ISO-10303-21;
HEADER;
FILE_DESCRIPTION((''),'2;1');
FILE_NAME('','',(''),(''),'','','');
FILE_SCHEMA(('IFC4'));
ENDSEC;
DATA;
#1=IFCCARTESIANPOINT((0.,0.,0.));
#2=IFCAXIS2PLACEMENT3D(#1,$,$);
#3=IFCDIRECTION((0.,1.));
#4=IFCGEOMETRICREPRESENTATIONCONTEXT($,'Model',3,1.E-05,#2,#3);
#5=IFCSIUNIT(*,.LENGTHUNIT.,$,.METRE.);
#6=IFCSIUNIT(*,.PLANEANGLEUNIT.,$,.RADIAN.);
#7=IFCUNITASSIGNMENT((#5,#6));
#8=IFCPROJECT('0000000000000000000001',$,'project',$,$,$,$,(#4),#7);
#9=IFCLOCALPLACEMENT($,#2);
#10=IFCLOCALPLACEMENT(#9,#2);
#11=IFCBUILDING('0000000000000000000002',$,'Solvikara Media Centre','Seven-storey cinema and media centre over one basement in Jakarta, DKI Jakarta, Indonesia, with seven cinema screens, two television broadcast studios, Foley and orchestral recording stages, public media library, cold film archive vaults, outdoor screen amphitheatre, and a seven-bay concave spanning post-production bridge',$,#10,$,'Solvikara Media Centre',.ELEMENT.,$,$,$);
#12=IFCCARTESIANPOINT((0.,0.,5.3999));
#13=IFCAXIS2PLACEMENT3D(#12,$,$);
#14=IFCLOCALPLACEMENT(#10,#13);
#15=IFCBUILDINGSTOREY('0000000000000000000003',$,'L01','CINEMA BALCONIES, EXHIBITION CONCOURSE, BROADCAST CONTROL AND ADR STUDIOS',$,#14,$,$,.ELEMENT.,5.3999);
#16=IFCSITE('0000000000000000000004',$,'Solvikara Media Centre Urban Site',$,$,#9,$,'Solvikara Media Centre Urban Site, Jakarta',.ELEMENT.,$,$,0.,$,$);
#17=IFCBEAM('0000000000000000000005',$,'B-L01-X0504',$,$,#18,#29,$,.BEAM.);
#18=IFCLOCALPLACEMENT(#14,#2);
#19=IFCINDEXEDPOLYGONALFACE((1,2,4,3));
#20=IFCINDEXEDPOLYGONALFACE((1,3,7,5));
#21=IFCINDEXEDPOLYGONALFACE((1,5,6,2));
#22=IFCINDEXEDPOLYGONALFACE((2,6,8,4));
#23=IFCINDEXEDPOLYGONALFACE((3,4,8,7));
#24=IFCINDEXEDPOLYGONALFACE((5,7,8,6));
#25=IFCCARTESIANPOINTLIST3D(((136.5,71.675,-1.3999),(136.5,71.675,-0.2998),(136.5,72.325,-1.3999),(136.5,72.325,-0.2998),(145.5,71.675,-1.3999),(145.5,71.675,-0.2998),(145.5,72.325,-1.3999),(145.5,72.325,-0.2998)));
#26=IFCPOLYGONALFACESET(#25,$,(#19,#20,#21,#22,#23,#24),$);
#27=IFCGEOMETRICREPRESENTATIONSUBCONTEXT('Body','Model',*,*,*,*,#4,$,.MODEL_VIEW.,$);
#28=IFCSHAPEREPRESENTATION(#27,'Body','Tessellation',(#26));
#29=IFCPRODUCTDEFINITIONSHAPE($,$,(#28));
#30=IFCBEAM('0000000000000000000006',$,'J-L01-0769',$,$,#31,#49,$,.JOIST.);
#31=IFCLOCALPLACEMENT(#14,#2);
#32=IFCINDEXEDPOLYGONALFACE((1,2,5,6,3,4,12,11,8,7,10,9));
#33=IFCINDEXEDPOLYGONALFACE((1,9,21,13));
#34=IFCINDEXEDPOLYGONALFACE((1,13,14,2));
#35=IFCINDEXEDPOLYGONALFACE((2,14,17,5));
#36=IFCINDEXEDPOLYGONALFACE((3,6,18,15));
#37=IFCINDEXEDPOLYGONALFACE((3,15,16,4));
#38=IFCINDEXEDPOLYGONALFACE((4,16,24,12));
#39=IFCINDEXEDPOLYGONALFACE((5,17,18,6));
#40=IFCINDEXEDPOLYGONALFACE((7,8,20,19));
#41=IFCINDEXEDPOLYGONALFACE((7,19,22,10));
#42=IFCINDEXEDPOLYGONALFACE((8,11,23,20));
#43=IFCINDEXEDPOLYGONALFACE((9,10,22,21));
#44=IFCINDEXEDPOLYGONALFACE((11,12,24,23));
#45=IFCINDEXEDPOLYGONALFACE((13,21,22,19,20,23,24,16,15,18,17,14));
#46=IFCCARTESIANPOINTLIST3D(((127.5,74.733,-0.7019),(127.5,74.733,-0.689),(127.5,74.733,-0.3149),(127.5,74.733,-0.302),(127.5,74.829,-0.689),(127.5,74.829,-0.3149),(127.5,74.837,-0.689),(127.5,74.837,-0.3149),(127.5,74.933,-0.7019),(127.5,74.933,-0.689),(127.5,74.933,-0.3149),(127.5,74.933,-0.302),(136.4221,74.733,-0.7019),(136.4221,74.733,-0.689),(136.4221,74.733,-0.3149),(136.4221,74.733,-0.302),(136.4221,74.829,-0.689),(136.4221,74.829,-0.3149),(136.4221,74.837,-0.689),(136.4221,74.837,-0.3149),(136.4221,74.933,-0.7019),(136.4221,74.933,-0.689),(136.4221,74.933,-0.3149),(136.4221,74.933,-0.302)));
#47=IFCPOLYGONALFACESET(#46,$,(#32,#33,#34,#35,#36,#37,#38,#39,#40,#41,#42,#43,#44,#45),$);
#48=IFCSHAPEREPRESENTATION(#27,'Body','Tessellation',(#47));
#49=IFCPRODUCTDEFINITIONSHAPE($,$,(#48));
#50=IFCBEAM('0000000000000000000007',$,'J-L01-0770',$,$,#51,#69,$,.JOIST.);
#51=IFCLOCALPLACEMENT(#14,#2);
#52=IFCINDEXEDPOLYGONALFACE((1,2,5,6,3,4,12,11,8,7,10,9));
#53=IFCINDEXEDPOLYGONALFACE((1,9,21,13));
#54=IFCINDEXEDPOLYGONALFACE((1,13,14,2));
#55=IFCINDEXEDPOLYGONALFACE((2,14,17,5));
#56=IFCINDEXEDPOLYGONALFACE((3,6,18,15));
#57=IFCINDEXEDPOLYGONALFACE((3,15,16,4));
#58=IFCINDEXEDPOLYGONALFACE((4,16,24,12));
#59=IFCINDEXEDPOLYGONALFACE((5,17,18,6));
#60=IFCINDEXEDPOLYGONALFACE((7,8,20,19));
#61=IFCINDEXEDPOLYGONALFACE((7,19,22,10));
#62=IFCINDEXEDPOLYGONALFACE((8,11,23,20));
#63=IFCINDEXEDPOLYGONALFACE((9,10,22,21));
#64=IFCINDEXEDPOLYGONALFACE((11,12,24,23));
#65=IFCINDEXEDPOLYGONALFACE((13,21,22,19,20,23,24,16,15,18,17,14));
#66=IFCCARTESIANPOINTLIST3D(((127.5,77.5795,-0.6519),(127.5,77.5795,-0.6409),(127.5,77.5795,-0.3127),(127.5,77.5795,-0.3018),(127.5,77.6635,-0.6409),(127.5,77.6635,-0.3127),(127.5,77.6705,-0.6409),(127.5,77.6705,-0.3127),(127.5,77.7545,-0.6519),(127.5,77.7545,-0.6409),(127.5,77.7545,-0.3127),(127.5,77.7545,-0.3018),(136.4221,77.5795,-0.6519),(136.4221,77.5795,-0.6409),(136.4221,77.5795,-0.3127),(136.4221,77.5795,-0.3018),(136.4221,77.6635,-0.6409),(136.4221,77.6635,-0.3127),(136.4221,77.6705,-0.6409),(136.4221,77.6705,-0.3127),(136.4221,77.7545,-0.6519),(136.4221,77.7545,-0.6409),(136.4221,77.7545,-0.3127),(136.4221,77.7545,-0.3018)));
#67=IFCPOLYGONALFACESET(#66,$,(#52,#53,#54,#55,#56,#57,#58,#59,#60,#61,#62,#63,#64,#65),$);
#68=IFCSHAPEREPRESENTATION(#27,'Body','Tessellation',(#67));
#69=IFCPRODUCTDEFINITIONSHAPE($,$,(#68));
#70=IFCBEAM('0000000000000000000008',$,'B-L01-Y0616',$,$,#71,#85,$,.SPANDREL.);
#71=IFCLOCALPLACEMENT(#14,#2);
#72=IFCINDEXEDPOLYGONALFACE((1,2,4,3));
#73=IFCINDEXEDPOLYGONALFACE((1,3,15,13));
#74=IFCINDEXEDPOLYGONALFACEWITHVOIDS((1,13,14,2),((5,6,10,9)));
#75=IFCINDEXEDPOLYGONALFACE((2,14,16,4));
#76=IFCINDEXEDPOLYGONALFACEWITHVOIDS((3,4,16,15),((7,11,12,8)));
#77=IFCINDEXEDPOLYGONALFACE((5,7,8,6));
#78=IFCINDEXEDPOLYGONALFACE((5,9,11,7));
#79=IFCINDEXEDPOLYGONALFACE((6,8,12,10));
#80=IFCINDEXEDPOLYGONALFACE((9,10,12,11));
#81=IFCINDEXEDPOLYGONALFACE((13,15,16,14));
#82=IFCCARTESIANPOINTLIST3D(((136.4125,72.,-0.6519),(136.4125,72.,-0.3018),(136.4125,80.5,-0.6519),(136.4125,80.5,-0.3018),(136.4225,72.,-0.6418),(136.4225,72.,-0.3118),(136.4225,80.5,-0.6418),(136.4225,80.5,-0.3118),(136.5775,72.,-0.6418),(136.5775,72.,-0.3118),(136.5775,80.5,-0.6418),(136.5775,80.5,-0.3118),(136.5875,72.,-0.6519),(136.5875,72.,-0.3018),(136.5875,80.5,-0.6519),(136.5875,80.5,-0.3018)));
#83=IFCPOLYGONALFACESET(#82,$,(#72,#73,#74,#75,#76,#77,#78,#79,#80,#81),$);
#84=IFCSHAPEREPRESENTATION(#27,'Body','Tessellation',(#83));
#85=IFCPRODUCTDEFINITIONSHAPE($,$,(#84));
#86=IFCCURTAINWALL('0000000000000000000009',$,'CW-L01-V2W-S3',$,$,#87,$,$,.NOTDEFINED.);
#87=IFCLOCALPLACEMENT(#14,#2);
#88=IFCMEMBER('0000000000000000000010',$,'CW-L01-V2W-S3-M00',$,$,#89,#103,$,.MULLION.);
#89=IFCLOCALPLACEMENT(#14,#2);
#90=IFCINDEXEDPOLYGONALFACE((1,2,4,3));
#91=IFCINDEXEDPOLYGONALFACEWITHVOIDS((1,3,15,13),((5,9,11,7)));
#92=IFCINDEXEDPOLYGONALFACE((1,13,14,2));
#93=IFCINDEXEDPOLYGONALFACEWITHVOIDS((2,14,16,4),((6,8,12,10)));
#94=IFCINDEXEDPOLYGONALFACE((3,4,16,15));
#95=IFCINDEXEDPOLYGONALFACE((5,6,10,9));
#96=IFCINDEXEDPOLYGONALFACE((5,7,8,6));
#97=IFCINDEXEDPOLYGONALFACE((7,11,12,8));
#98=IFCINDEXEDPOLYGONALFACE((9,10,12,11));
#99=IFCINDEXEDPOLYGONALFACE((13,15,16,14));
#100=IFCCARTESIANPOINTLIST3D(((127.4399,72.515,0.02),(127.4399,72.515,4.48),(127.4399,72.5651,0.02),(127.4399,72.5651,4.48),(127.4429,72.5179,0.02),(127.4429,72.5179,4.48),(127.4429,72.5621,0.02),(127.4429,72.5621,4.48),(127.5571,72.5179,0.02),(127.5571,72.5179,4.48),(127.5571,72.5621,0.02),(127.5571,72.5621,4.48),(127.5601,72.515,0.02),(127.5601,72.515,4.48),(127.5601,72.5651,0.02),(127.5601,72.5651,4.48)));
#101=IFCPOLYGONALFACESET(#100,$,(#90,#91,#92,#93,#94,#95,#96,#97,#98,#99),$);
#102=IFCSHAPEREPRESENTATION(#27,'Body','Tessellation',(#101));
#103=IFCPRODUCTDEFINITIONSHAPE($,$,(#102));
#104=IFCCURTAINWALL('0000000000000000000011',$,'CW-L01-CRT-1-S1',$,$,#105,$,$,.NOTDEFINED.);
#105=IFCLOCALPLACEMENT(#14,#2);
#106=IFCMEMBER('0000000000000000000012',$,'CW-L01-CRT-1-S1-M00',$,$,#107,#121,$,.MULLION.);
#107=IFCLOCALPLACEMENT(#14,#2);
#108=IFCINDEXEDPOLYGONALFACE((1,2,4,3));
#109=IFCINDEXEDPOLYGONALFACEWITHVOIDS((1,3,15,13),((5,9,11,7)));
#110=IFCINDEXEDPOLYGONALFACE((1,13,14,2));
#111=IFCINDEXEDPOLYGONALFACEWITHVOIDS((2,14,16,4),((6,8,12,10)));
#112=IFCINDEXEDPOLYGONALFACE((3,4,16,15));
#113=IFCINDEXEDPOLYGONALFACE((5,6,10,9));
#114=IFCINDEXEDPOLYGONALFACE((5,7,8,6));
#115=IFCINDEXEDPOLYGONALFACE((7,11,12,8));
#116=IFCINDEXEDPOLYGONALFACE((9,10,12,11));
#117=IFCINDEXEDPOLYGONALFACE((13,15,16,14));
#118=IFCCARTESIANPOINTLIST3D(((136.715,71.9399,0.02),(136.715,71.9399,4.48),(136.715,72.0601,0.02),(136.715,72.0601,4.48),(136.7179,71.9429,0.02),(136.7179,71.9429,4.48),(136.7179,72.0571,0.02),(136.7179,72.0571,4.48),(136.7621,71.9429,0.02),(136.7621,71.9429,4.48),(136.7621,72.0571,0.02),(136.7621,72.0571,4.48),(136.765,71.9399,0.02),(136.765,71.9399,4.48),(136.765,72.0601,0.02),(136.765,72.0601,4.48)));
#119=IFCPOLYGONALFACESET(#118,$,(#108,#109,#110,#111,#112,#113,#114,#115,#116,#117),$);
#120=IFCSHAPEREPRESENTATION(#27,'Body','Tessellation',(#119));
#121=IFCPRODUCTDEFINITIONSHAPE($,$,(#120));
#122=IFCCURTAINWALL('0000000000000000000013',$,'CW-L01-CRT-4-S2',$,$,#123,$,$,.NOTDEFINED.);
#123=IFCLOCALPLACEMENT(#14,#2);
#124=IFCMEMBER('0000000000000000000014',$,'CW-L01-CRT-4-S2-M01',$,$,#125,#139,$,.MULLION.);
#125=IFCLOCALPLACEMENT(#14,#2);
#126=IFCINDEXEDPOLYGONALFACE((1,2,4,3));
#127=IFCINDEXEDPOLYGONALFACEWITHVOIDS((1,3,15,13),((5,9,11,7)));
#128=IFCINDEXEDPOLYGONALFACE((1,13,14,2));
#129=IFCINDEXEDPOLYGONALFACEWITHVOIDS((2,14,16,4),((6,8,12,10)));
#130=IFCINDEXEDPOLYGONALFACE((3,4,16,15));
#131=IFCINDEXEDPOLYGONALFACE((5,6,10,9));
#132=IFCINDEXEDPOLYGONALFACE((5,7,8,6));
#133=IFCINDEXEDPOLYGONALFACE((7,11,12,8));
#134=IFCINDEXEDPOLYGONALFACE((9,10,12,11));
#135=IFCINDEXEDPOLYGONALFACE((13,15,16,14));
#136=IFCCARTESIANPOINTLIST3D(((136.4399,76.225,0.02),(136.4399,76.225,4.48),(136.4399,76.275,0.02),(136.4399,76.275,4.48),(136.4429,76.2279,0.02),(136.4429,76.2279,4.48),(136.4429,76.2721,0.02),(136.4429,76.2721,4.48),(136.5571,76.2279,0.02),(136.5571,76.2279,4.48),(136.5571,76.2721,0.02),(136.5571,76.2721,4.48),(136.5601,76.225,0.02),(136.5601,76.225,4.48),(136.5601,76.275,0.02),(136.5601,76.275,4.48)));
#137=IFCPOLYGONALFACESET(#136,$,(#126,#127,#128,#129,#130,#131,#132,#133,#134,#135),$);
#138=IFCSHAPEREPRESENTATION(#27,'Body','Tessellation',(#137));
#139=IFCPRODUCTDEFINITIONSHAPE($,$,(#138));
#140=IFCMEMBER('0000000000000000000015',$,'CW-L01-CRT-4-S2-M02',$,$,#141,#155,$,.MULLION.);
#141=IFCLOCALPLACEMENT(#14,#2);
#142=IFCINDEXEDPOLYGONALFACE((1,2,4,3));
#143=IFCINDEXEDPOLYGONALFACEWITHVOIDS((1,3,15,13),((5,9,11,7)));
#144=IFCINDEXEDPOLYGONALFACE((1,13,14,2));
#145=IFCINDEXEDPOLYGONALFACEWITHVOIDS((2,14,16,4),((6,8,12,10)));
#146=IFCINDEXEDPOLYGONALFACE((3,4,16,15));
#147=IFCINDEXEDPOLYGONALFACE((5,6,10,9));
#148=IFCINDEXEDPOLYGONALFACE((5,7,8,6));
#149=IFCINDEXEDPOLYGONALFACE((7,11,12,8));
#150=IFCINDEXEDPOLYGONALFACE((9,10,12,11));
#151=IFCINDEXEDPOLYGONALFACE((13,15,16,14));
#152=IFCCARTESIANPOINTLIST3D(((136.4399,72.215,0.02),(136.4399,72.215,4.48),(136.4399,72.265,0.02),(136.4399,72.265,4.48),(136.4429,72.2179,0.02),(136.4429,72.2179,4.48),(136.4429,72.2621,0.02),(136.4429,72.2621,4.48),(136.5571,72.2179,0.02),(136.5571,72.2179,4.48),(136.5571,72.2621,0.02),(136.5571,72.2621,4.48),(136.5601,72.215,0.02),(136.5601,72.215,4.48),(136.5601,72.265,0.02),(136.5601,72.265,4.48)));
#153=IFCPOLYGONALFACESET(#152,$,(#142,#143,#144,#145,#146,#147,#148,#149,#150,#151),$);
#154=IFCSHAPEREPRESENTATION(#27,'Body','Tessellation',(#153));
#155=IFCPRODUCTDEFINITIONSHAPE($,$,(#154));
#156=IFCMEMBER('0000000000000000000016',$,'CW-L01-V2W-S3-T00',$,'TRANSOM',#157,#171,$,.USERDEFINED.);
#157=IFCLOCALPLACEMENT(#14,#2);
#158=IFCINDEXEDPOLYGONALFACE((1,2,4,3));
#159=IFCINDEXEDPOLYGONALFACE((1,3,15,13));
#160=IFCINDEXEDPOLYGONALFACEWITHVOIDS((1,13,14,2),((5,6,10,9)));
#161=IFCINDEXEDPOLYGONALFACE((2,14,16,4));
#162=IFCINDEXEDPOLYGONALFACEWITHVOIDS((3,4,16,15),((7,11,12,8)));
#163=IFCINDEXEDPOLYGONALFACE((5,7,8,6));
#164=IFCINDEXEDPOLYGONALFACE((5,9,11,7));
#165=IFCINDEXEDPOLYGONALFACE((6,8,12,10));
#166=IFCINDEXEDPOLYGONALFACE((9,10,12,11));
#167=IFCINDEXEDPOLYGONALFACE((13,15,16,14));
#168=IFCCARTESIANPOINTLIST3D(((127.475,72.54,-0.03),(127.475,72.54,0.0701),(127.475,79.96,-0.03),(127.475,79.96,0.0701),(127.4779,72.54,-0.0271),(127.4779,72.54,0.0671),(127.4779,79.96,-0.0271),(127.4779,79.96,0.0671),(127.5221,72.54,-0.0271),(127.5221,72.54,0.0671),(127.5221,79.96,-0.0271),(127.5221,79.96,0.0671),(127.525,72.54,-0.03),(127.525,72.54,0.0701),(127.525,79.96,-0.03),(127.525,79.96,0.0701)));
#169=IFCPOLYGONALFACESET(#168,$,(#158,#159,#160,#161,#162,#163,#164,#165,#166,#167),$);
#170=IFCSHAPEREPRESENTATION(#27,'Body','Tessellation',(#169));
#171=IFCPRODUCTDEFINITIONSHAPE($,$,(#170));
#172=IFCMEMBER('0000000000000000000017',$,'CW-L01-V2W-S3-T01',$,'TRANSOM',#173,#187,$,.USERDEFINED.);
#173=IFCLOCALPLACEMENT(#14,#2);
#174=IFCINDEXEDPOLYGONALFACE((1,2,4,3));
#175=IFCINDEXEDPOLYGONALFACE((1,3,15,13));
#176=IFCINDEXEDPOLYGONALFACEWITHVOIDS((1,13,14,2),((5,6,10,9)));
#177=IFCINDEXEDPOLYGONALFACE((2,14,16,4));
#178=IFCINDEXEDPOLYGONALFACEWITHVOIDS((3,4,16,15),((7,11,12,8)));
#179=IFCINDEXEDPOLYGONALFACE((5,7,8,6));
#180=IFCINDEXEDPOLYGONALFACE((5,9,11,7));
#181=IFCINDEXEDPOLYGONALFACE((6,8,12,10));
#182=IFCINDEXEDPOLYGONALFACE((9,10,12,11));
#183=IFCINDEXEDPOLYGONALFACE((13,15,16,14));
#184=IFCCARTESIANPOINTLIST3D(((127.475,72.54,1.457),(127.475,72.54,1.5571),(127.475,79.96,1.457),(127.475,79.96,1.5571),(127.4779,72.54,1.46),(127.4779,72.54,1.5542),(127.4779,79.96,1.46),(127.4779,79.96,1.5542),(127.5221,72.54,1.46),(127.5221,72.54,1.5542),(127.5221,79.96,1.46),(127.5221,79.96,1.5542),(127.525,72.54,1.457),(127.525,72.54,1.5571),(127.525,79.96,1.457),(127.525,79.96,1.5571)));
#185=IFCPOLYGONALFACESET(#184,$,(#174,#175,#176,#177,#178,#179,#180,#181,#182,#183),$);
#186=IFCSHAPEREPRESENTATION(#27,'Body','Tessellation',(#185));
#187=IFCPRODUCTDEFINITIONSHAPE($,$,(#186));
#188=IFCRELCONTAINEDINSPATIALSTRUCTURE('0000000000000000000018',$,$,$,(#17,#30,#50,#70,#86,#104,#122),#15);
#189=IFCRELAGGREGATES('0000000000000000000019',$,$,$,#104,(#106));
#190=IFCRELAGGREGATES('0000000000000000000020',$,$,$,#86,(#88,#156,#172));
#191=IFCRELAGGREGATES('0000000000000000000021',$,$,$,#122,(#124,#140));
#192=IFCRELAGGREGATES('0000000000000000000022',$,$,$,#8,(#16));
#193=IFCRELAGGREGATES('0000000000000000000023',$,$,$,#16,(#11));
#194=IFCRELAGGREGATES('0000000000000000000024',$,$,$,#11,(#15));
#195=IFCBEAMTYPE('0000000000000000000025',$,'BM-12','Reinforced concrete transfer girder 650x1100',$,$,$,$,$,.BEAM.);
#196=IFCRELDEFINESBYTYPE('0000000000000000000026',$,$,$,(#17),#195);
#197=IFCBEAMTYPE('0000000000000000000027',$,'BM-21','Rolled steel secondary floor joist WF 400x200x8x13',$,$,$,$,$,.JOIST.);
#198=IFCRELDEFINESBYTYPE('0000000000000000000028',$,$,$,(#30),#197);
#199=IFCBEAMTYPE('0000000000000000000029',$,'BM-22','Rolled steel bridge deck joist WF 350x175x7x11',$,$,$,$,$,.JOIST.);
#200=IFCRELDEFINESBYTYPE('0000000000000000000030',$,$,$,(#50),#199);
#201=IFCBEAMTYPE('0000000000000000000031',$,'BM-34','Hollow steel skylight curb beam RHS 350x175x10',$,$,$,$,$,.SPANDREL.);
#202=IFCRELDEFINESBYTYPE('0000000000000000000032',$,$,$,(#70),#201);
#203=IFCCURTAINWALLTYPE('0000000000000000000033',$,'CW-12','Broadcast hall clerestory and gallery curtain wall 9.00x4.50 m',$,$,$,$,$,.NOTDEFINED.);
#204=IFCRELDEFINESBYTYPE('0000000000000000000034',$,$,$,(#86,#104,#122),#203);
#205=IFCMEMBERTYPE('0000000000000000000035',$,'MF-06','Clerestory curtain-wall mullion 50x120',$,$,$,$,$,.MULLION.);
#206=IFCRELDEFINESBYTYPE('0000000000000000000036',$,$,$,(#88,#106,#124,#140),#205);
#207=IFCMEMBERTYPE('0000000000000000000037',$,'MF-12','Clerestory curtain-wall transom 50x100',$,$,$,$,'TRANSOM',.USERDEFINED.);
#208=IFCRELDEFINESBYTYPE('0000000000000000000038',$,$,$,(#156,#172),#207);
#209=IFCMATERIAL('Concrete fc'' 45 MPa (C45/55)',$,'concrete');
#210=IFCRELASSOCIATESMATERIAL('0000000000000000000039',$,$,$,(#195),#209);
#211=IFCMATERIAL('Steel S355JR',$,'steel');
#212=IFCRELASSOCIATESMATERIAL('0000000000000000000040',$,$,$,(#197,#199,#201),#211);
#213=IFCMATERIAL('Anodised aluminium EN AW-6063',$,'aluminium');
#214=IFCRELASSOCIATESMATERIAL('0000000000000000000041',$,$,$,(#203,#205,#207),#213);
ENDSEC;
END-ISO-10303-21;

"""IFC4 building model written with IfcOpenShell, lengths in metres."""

from ifc_helpers import new_model, si_unit, direction, frame, origin, origin_2d, place, context, subcontext, project, spatial, rectangle, hollow_rectangle, i_section, extrude, material, material_profile, profile_set, type_object, element, aggregate, save


model = new_model("IFC4")

# Units and contexts
model_context = context("Model", 3, precision=1e-05, world=origin(), true_north=direction((0.0, 1.0)))
body_context = subcontext(model_context, "Body", "Model", "MODEL_VIEW")
ifc_project = project(units=[si_unit("LENGTHUNIT", "METRE"), si_unit("PLANEANGLEUNIT", "RADIAN")], contexts=[model_context])

# Site, building, storey
site_placement = place(None, origin())
site = spatial("IfcSite", under=ifc_project, at=site_placement, Name="Solvikara Media Centre Urban Site", LongName="Solvikara Media Centre Urban Site, Jakarta", CompositionType="ELEMENT", RefElevation=0.0)
building_placement = place(site_placement, origin())
building = spatial("IfcBuilding", under=site, at=building_placement, Name="Solvikara Media Centre", Description="Seven-storey cinema and media centre over one basement in Jakarta, DKI Jakarta, Indonesia, with seven cinema screens, two television broadcast studios, Foley and orchestral recording stages, public media library, cold film archive vaults, outdoor screen amphitheatre, and a seven-bay concave spanning post-production bridge", LongName="Solvikara Media Centre", CompositionType="ELEMENT")
storey_placement = place(building_placement, frame((0.0, 0.0, 5.3999)))
storey = spatial("IfcBuildingStorey", under=building, at=storey_placement, Name="L01", Description="CINEMA BALCONIES, EXHIBITION CONCOURSE, BROADCAST CONTROL AND ADR STUDIOS", CompositionType="ELEMENT", Elevation=5.3999)

# Beams
ifc_material_1 = material(Name="Concrete fc' 45 MPa (C45/55)", Category="concrete")
ifc_material_profile_1 = material_profile(ifc_material_1, rectangle(XDim=0.6499, YDim=1.1001, at=origin_2d()), Name="RC 650x1100")
ifc_profile_set_1 = profile_set([ifc_material_profile_1], Name="Concrete fc' 45 MPa (C45/55)")
beam_type_1 = type_object("IfcBeamType", Name="BM-12", Description="Reinforced concrete transfer girder 650x1100", PredefinedType="BEAM", material=ifc_profile_set_1)
beam_1_placement = place(storey_placement, frame((136.5, 72.0, -0.8499), z_axis=(1.0, 0.0, 0.0), x_axis=(0.0, 1.0, 0.0)))
element("IfcBeam", 1, at=beam_1_placement, inside=storey, type_object=beam_type_1, Name="B-L01-X0504", PredefinedType="BEAM", context=body_context, shape_type="SweptSolid", body=[
    extrude(rectangle(XDim=0.6499, YDim=1.1001, at=origin_2d()), origin(), (0.0, 0.0, 1.0), 9.0),
])
ifc_material_2 = material(Name="Steel S355JR", Category="steel")
ifc_material_profile_2 = material_profile(ifc_material_2, i_section(OverallWidth=0.2, OverallDepth=0.3999, WebThickness=0.0081, FlangeThickness=0.0129, at=origin_2d()), Name="WF 400x200x8x13")
ifc_profile_set_2 = profile_set([ifc_material_profile_2], Name="Steel S355JR")
beam_type_2 = type_object("IfcBeamType", Name="BM-21", Description="Rolled steel secondary floor joist WF 400x200x8x13", PredefinedType="JOIST", material=ifc_profile_set_2)
beam_2_placement = place(storey_placement, frame((127.5, 74.833, -0.502), z_axis=(1.0, 0.0, 0.0), x_axis=(0.0, 1.0, 0.0)))
element("IfcBeam", 2, at=beam_2_placement, inside=storey, type_object=beam_type_2, Name="J-L01-0769", PredefinedType="JOIST", context=body_context, shape_type="SweptSolid", body=[
    extrude(i_section(OverallWidth=0.2, OverallDepth=0.3999, WebThickness=0.0081, FlangeThickness=0.0129, at=origin_2d()), origin(), (0.0, 0.0, 1.0), 8.9221),
])
ifc_material_profile_3 = material_profile(ifc_material_2, i_section(OverallWidth=0.175, OverallDepth=0.3501, WebThickness=0.0071, FlangeThickness=0.011, at=origin_2d()), Name="WF 350x175x7x11")
ifc_profile_set_3 = profile_set([ifc_material_profile_3], Name="Steel S355JR")
beam_type_3 = type_object("IfcBeamType", Name="BM-22", Description="Rolled steel bridge deck joist WF 350x175x7x11", PredefinedType="JOIST", material=ifc_profile_set_3)
beam_3_placement = place(storey_placement, frame((127.5, 77.667, -0.4768), z_axis=(1.0, 0.0, 0.0), x_axis=(0.0, 1.0, 0.0)))
element("IfcBeam", 3, at=beam_3_placement, inside=storey, type_object=beam_type_3, Name="J-L01-0770", PredefinedType="JOIST", context=body_context, shape_type="SweptSolid", body=[
    extrude(i_section(OverallWidth=0.175, OverallDepth=0.3501, WebThickness=0.0071, FlangeThickness=0.011, at=origin_2d()), origin(), (0.0, 0.0, 1.0), 8.9221),
])
ifc_material_profile_4 = material_profile(ifc_material_2, hollow_rectangle(XDim=0.175, YDim=0.3501, WallThickness=0.01, at=origin_2d()), Name="RHS 350x175x10")
ifc_profile_set_4 = profile_set([ifc_material_profile_4], Name="Steel S355JR")
beam_type_4 = type_object("IfcBeamType", Name="BM-34", Description="Hollow steel skylight curb beam RHS 350x175x10", PredefinedType="SPANDREL", material=ifc_profile_set_4)
beam_4_placement = place(storey_placement, frame((136.5, 72.0, -0.4768), z_axis=(0.0, 1.0, 0.0), x_axis=(-1.0, 0.0, 0.0)))
element("IfcBeam", 4, at=beam_4_placement, inside=storey, type_object=beam_type_4, Name="B-L01-Y0616", PredefinedType="SPANDREL", context=body_context, shape_type="SweptSolid", body=[
    extrude(hollow_rectangle(XDim=0.175, YDim=0.3501, WallThickness=0.01, at=origin_2d()), origin(), (0.0, 0.0, 1.0), 8.5),
])

# Curtain walls, members
ifc_material_3 = material(Name="Anodised aluminium EN AW-6063", Category="aluminium")
curtain_wall_type = type_object("IfcCurtainWallType", Name="CW-12", Description="Broadcast hall clerestory and gallery curtain wall 9.00x4.50 m", PredefinedType="NOTDEFINED", material=ifc_material_3)
curtain_wall_1_placement = place(storey_placement, origin())
curtain_wall_1 = element("IfcCurtainWall", 5, at=curtain_wall_1_placement, inside=storey, type_object=curtain_wall_type, Name="CW-L01-V2W-S3", PredefinedType="NOTDEFINED")
ifc_material_profile_5 = material_profile(ifc_material_3, hollow_rectangle(XDim=0.05, YDim=0.1201, WallThickness=0.0029, at=origin_2d()), Name="ALU-M 50x120x3")
ifc_profile_set_5 = profile_set([ifc_material_profile_5], Name="Anodised aluminium EN AW-6063")
member_type_1 = type_object("IfcMemberType", Name="MF-06", Description="Clerestory curtain-wall mullion 50x120", PredefinedType="MULLION", material=ifc_profile_set_5)
member_1_placement = place(storey_placement, frame((127.5, 72.54, 0.02), z_axis=(0.0, 0.0, 1.0), x_axis=(0.0, 1.0, 0.0)))
member_1 = element("IfcMember", 6, at=member_1_placement, type_object=member_type_1, Name="CW-L01-V2W-S3-M00", PredefinedType="MULLION", context=body_context, shape_type="SweptSolid", body=[
    extrude(hollow_rectangle(XDim=0.05, YDim=0.1201, WallThickness=0.0029, at=origin_2d()), origin(), (0.0, 0.0, 1.0), 4.46),
])
curtain_wall_2_placement = place(storey_placement, origin())
curtain_wall_2 = element("IfcCurtainWall", 7, at=curtain_wall_2_placement, inside=storey, type_object=curtain_wall_type, Name="CW-L01-CRT-1-S1", PredefinedType="NOTDEFINED")
member_2_placement = place(storey_placement, frame((136.74, 72.0, 0.02), z_axis=(0.0, 0.0, 1.0), x_axis=(1.0, 0.0, 0.0)))
member_2 = element("IfcMember", 8, at=member_2_placement, type_object=member_type_1, Name="CW-L01-CRT-1-S1-M00", PredefinedType="MULLION", context=body_context, shape_type="SweptSolid", body=[
    extrude(hollow_rectangle(XDim=0.05, YDim=0.1201, WallThickness=0.0029, at=origin_2d()), origin(), (0.0, 0.0, 1.0), 4.46),
])

# Curtain wall, members
curtain_wall_3_placement = place(storey_placement, origin())
curtain_wall_3 = element("IfcCurtainWall", 9, at=curtain_wall_3_placement, inside=storey, type_object=curtain_wall_type, Name="CW-L01-CRT-4-S2", PredefinedType="NOTDEFINED")
member_3_placement = place(storey_placement, frame((136.5, 76.25, 0.02), z_axis=(0.0, 0.0, 1.0), x_axis=(0.0, -1.0, 0.0)))
member_3 = element("IfcMember", 10, at=member_3_placement, type_object=member_type_1, Name="CW-L01-CRT-4-S2-M01", PredefinedType="MULLION", context=body_context, shape_type="SweptSolid", body=[
    extrude(hollow_rectangle(XDim=0.05, YDim=0.1201, WallThickness=0.0029, at=origin_2d()), origin(), (0.0, 0.0, 1.0), 4.46),
])
member_4_placement = place(storey_placement, frame((136.5, 72.24, 0.02), z_axis=(0.0, 0.0, 1.0), x_axis=(0.0, -1.0, 0.0)))
member_4 = element("IfcMember", 11, at=member_4_placement, type_object=member_type_1, Name="CW-L01-CRT-4-S2-M02", PredefinedType="MULLION", context=body_context, shape_type="SweptSolid", body=[
    extrude(hollow_rectangle(XDim=0.05, YDim=0.1201, WallThickness=0.0029, at=origin_2d()), origin(), (0.0, 0.0, 1.0), 4.46),
])

# Members
ifc_material_profile_6 = material_profile(ifc_material_3, hollow_rectangle(XDim=0.05, YDim=0.1001, WallThickness=0.0029, at=origin_2d()), Name="ALU-T 50x100x3")
ifc_profile_set_6 = profile_set([ifc_material_profile_6], Name="Anodised aluminium EN AW-6063")
member_type_2 = type_object("IfcMemberType", Name="MF-12", Description="Clerestory curtain-wall transom 50x100", ElementType="TRANSOM", PredefinedType="USERDEFINED", material=ifc_profile_set_6)
member_5_placement = place(storey_placement, frame((127.5, 72.54, 0.02), z_axis=(0.0, 1.0, 0.0), x_axis=(-1.0, 0.0, 0.0)))
member_5 = element("IfcMember", 12, at=member_5_placement, type_object=member_type_2, Name="CW-L01-V2W-S3-T00", ObjectType="TRANSOM", PredefinedType="USERDEFINED", context=body_context, shape_type="SweptSolid", body=[
    extrude(hollow_rectangle(XDim=0.05, YDim=0.1001, WallThickness=0.0029, at=origin_2d()), origin(), (0.0, 0.0, 1.0), 7.4199),
])
member_6_placement = place(storey_placement, frame((127.5, 72.54, 1.5071), z_axis=(0.0, 1.0, 0.0), x_axis=(-1.0, 0.0, 0.0)))
member_6 = element("IfcMember", 13, at=member_6_placement, type_object=member_type_2, Name="CW-L01-V2W-S3-T01", ObjectType="TRANSOM", PredefinedType="USERDEFINED", context=body_context, shape_type="SweptSolid", body=[
    extrude(hollow_rectangle(XDim=0.05, YDim=0.1001, WallThickness=0.0029, at=origin_2d()), origin(), (0.0, 0.0, 1.0), 7.4199),
])
aggregate(curtain_wall_2, [member_2])

aggregate(curtain_wall_1, [member_1, member_5, member_6])
aggregate(curtain_wall_3, [member_3, member_4])

save(model, "model.ifc")
